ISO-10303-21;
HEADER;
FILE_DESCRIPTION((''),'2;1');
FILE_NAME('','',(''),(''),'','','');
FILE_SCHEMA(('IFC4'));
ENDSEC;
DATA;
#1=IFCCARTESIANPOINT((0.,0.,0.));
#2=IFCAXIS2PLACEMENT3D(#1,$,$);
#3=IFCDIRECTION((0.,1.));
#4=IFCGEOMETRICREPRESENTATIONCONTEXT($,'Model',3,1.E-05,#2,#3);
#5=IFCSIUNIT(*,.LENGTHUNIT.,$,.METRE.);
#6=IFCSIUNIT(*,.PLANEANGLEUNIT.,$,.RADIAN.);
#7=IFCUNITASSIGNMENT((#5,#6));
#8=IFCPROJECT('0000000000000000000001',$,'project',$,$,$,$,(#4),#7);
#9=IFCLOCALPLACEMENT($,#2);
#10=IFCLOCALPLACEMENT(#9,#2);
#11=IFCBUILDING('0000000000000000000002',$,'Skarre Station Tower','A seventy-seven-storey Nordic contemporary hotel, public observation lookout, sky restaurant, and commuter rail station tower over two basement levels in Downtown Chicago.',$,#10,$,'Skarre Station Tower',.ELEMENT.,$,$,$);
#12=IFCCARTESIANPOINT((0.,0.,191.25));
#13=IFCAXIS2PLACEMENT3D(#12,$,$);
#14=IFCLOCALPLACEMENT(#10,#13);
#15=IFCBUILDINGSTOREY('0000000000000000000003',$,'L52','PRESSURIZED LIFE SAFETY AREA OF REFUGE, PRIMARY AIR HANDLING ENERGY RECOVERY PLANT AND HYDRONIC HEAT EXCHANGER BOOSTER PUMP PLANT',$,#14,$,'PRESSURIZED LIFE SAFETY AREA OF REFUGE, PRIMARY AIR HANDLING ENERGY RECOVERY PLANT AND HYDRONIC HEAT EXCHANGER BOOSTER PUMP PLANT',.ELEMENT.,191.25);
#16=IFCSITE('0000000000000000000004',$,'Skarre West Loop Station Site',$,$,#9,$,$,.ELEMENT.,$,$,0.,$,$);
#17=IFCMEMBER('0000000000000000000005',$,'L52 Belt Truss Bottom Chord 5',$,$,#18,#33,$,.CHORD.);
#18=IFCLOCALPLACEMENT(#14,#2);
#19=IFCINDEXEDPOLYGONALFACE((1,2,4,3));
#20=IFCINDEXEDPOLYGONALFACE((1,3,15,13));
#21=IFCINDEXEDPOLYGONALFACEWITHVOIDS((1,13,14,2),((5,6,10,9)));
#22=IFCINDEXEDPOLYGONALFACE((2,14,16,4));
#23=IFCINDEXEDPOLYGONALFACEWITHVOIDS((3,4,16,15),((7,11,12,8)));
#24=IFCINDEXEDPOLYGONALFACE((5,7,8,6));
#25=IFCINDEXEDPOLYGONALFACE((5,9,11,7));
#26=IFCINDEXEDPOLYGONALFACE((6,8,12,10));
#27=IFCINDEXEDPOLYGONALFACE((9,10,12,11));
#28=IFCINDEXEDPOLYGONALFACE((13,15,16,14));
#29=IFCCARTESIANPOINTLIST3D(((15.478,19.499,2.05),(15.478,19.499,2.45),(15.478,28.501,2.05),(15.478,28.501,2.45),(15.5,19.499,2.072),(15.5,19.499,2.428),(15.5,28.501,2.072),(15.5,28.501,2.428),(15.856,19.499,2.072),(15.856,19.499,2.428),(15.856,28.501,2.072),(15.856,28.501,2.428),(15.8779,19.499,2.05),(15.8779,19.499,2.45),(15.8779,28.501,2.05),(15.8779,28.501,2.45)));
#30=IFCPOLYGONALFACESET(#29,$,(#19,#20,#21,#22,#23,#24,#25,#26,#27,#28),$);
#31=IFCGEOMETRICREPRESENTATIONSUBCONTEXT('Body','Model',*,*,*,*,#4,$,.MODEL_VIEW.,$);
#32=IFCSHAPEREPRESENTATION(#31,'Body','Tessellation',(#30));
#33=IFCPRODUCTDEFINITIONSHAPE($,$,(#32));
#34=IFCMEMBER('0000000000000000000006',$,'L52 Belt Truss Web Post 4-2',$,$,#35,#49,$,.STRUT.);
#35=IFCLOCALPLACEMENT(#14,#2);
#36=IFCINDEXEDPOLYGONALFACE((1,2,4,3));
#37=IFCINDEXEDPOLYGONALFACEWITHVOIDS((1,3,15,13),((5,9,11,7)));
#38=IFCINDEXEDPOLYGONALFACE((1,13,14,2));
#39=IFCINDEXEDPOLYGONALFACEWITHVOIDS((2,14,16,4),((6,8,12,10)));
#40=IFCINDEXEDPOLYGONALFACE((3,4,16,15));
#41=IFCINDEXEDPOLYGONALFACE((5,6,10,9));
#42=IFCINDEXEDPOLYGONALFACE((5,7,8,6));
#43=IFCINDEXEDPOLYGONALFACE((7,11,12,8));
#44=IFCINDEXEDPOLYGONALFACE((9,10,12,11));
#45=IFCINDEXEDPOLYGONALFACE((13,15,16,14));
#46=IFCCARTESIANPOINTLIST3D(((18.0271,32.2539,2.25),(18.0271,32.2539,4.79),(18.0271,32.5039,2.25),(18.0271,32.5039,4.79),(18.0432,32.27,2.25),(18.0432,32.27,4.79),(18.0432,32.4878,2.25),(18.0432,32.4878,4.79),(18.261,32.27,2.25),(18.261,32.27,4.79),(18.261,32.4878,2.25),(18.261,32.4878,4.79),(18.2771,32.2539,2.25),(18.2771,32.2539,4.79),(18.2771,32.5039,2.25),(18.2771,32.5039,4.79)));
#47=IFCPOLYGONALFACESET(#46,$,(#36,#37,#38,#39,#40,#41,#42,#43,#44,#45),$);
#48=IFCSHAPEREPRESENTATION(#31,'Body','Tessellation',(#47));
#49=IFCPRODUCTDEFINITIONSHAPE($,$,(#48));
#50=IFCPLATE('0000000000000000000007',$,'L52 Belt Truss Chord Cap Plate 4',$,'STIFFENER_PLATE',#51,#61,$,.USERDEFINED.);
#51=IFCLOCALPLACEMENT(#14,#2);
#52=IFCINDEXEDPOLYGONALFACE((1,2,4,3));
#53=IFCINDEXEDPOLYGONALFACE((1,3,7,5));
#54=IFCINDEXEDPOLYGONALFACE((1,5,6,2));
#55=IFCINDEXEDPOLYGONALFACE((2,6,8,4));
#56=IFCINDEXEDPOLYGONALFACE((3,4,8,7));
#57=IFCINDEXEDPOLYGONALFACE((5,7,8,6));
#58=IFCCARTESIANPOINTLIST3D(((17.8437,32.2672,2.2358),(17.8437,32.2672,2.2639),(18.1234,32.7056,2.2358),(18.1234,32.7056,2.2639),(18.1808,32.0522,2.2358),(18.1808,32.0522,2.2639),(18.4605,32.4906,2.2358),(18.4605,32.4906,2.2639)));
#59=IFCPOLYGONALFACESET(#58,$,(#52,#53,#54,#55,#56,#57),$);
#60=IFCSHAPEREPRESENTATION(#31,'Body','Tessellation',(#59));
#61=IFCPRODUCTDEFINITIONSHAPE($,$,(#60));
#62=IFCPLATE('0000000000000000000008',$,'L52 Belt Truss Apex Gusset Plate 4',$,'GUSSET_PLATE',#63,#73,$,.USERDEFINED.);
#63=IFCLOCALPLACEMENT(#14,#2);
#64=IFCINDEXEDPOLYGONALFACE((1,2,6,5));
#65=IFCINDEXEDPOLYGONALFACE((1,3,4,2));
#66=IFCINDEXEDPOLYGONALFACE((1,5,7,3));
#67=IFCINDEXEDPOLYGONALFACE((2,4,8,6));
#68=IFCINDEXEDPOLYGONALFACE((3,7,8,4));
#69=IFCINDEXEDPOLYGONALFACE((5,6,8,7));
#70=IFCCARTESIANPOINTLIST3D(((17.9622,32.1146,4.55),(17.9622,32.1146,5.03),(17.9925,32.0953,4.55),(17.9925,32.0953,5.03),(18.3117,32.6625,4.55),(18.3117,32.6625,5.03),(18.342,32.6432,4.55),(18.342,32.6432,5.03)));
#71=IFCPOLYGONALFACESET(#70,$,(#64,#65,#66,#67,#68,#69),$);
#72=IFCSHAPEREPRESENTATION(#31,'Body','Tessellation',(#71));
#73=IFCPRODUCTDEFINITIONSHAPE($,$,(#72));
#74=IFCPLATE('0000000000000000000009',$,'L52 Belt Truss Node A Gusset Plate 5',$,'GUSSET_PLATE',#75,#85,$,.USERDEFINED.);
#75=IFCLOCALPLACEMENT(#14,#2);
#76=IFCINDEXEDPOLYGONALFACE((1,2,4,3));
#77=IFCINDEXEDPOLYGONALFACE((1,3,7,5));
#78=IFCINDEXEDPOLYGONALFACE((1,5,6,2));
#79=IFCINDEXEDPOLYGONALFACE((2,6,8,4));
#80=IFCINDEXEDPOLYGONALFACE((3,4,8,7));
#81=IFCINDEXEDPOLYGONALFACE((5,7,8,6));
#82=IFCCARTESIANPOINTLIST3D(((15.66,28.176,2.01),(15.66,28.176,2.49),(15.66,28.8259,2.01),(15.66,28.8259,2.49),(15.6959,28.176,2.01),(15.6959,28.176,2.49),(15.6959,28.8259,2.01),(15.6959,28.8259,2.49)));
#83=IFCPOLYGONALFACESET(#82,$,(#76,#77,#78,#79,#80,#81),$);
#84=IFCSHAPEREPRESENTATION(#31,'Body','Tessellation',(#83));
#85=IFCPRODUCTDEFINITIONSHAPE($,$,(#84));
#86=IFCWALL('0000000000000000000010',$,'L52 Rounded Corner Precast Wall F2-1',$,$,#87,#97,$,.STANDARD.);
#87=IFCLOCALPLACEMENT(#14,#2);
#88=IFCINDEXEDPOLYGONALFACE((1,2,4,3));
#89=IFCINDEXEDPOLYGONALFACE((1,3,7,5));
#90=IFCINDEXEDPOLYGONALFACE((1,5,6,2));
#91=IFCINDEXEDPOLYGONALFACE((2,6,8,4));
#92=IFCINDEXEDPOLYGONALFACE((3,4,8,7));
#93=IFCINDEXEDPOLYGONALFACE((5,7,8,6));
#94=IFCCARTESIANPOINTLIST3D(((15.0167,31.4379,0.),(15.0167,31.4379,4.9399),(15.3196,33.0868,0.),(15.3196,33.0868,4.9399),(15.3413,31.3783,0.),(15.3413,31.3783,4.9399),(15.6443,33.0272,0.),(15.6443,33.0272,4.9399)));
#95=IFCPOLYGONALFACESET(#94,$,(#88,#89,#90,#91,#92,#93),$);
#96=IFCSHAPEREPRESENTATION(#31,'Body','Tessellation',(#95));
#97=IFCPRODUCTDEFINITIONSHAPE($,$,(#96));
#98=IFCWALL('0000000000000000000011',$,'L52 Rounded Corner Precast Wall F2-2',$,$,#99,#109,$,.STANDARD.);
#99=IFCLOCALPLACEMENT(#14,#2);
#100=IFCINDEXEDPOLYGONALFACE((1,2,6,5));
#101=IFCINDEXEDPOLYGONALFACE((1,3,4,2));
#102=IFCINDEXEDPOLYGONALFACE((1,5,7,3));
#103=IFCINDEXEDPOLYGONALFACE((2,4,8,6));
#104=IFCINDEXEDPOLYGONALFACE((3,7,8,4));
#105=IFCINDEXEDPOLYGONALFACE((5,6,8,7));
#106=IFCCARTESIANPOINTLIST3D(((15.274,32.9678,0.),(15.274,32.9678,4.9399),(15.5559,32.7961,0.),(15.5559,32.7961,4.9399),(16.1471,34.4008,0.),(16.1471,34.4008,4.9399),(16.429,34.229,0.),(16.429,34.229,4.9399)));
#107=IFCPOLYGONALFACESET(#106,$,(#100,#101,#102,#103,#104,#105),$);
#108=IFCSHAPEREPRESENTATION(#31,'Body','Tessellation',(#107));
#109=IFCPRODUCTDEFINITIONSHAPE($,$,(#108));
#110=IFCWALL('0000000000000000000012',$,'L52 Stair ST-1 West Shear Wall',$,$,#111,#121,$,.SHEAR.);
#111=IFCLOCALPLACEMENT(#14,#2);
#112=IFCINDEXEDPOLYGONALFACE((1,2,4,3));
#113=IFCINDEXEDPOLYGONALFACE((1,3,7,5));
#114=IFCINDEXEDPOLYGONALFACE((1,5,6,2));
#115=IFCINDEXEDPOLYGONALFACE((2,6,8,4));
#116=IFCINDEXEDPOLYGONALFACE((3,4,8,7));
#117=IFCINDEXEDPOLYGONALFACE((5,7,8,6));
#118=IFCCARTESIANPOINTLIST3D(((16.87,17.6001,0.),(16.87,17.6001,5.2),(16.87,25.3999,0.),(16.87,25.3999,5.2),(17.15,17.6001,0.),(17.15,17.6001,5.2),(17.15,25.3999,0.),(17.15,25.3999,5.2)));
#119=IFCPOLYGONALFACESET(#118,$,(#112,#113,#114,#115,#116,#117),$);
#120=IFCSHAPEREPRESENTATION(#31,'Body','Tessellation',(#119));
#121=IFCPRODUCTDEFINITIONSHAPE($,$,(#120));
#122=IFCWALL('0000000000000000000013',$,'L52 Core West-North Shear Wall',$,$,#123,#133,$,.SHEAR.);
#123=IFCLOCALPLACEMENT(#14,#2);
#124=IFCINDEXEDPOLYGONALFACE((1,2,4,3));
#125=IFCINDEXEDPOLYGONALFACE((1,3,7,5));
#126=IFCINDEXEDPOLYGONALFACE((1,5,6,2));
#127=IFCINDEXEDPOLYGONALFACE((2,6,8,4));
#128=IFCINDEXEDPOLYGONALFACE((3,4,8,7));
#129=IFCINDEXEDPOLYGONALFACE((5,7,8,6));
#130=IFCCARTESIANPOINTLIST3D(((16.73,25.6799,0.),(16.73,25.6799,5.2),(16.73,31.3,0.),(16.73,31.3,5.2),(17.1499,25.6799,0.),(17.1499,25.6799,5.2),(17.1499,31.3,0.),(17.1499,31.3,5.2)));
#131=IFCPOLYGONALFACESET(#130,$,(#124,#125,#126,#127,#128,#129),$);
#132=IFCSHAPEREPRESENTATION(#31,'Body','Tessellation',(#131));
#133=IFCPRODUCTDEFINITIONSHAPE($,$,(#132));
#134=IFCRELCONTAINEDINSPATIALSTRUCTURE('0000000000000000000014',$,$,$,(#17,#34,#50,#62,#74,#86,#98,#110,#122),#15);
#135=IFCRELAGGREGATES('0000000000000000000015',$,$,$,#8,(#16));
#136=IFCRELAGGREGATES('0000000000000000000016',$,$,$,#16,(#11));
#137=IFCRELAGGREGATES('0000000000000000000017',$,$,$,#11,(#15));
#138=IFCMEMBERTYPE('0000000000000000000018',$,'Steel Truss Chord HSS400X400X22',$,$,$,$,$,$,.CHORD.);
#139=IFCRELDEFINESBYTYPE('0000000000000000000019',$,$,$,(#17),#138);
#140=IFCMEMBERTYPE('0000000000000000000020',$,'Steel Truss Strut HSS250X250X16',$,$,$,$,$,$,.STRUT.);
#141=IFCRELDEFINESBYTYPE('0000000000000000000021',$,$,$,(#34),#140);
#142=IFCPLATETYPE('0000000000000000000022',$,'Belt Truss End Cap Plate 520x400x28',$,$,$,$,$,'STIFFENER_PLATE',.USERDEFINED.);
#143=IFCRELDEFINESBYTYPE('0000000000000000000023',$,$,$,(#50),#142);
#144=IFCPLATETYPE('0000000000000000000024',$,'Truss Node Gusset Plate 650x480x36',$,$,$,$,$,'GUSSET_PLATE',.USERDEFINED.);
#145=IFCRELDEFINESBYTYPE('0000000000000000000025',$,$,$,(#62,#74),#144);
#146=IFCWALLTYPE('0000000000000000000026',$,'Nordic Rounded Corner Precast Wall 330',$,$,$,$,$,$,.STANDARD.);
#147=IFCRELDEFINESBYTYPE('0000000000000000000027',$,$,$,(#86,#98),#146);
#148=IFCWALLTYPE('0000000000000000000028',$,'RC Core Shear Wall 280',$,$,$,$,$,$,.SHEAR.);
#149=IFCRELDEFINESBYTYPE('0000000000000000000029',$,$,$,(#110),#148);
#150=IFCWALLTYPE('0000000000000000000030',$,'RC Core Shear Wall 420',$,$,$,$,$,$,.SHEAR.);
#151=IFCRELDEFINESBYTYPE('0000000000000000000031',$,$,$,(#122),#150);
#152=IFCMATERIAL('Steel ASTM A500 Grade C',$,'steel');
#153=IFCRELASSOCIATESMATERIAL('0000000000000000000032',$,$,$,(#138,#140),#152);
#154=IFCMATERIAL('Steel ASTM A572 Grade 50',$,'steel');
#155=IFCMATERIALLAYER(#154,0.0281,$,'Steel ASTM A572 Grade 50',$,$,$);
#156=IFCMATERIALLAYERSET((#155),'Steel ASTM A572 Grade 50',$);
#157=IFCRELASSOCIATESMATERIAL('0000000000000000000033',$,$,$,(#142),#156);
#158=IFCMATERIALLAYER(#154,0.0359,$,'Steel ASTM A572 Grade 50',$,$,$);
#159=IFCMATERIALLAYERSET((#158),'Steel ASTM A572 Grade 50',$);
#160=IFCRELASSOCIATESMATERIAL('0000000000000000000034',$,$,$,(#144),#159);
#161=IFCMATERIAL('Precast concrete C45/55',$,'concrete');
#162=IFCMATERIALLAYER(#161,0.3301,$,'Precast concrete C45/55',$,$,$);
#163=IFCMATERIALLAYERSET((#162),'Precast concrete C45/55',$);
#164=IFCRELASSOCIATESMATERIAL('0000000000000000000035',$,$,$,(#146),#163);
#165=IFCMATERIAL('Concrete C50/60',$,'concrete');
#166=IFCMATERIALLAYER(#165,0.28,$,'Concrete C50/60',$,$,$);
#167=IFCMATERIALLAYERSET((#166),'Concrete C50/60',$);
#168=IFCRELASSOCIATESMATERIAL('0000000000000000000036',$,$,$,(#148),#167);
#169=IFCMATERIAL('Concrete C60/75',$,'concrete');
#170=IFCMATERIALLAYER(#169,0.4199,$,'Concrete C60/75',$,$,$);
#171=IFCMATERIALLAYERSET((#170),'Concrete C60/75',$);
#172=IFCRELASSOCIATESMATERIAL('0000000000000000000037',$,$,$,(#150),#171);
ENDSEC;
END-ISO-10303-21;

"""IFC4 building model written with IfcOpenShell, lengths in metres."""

from ifc_helpers import new_model, si_unit, direction, frame, frame_2d, origin, origin_2d, place, context, subcontext, project, spatial, rectangle, hollow_rectangle, extrude, material, layer, layer_set, material_profile, profile_set, type_object, element, save


model = new_model("IFC4")

# Units and contexts
model_context = context("Model", 3, precision=1e-05, world=origin(), true_north=direction((0.0, 1.0)))
body_context = subcontext(model_context, "Body", "Model", "MODEL_VIEW")
ifc_project = project(units=[si_unit("LENGTHUNIT", "METRE"), si_unit("PLANEANGLEUNIT", "RADIAN")], contexts=[model_context])

# Site, building, storey
site_placement = place(None, origin())
site = spatial("IfcSite", under=ifc_project, at=site_placement, Name="Skarre West Loop Station Site", CompositionType="ELEMENT", RefElevation=0.0)
building_placement = place(site_placement, origin())
building = spatial("IfcBuilding", under=site, at=building_placement, Name="Skarre Station Tower", Description="A seventy-seven-storey Nordic contemporary hotel, public observation lookout, sky restaurant, and commuter rail station tower over two basement levels in Downtown Chicago.", LongName="Skarre Station Tower", CompositionType="ELEMENT")
storey_placement = place(building_placement, frame((0.0, 0.0, 191.25)))
storey = spatial("IfcBuildingStorey", under=building, at=storey_placement, Name="L52", Description="PRESSURIZED LIFE SAFETY AREA OF REFUGE, PRIMARY AIR HANDLING ENERGY RECOVERY PLANT AND HYDRONIC HEAT EXCHANGER BOOSTER PUMP PLANT", LongName="PRESSURIZED LIFE SAFETY AREA OF REFUGE, PRIMARY AIR HANDLING ENERGY RECOVERY PLANT AND HYDRONIC HEAT EXCHANGER BOOSTER PUMP PLANT", CompositionType="ELEMENT", Elevation=191.25)

# Shared definitions
ifc_material_1 = material(Name="Concrete C60/75", Category="concrete")
ifc_material_2 = material(Name="Concrete C50/60", Category="concrete")

# Members
ifc_material_3 = material(Name="Steel ASTM A500 Grade C", Category="steel")
ifc_material_profile_1 = material_profile(ifc_material_3, hollow_rectangle(XDim=0.3999, YDim=0.3999, WallThickness=0.022, at=origin_2d()), Name="Steel ASTM A500 Grade C")
ifc_profile_set_1 = profile_set([ifc_material_profile_1], Name="Steel ASTM A500 Grade C")
member_type_1 = type_object("IfcMemberType", Name="Steel Truss Chord HSS400X400X22", PredefinedType="CHORD", material=ifc_profile_set_1)
member_1_placement = place(storey_placement, frame((15.678, 28.501, 2.25), z_axis=(0.0, -1.0, 0.0), x_axis=(1.0, 0.0, 0.0)))
element("IfcMember", 1, at=member_1_placement, inside=storey, type_object=member_type_1, Name="L52 Belt Truss Bottom Chord 5", PredefinedType="CHORD", context=body_context, shape_type="SweptSolid", body=[
    extrude(hollow_rectangle(XDim=0.3999, YDim=0.3999, WallThickness=0.022, at=origin_2d()), origin(), (0.0, 0.0, 1.0), 9.002),
])
ifc_material_profile_2 = material_profile(ifc_material_3, hollow_rectangle(XDim=0.25, YDim=0.25, WallThickness=0.0161, at=origin_2d()), Name="Steel ASTM A500 Grade C")
ifc_profile_set_2 = profile_set([ifc_material_profile_2], Name="Steel ASTM A500 Grade C")
member_type_2 = type_object("IfcMemberType", Name="Steel Truss Strut HSS250X250X16", PredefinedType="STRUT", material=ifc_profile_set_2)
member_2_placement = place(storey_placement, frame((18.1521, 32.3789, 2.25), z_axis=(0.0, 0.0, 1.0), x_axis=(1.0, 0.0, 0.0)))
element("IfcMember", 2, at=member_2_placement, inside=storey, type_object=member_type_2, Name="L52 Belt Truss Web Post 4-2", PredefinedType="STRUT", context=body_context, shape_type="SweptSolid", body=[
    extrude(hollow_rectangle(XDim=0.25, YDim=0.25, WallThickness=0.0161, at=origin_2d()), origin(), (0.0, 0.0, 1.0), 2.54),
])

# Plates
ifc_material_4 = material(Name="Steel ASTM A572 Grade 50", Category="steel")
ifc_layer_1 = layer(ifc_material_4, 0.0281, Name="Steel ASTM A572 Grade 50")
ifc_layer_set_1 = layer_set([ifc_layer_1], Name="Steel ASTM A572 Grade 50")
plate_type_1 = type_object("IfcPlateType", Name="Belt Truss End Cap Plate 520x400x28", ElementType="STIFFENER_PLATE", PredefinedType="USERDEFINED", material=ifc_layer_set_1)
plate_placement = place(storey_placement, frame((18.1521, 32.3789, 2.2358), z_axis=(0.0, 0.0, 1.0), x_axis=(-0.537829, -0.843054, 0.0)))
element("IfcPlate", 3, at=plate_placement, inside=storey, type_object=plate_type_1, Name="L52 Belt Truss Chord Cap Plate 4", ObjectType="STIFFENER_PLATE", PredefinedType="USERDEFINED", context=body_context, shape_type="SweptSolid", body=[
    extrude(rectangle(XDim=0.52, YDim=0.3999, at=origin_2d()), origin(), (0.0, 0.0, 1.0), 0.0281),
])
ifc_layer_2 = layer(ifc_material_4, 0.0359, Name="Steel ASTM A572 Grade 50")
ifc_layer_set_2 = layer_set([ifc_layer_2], Name="Steel ASTM A572 Grade 50")
plate_type_2 = type_object("IfcPlateType", Name="Truss Node Gusset Plate 650x480x36", ElementType="GUSSET_PLATE", PredefinedType="USERDEFINED", material=ifc_layer_set_2)
for number, where, z_axis, x_axis, name in (
    (4, (18.1521, 32.3789, 4.55), (0.0, 0.0, 1.0), (-0.537829, -0.843054, 0.0), "L52 Belt Truss Apex Gusset Plate 4"),
    (5, (15.678, 28.501, 2.01), (0.0, 0.0, 1.0), (0.0, -1.0, 0.0), "L52 Belt Truss Node A Gusset Plate 5"),
):
    element("IfcPlate", number, at=place(storey_placement, frame(where, z_axis=z_axis, x_axis=x_axis)), inside=storey, type_object=plate_type_2, Name=name, ObjectType="GUSSET_PLATE", PredefinedType="USERDEFINED", context=body_context, shape_type="SweptSolid", body=[
        extrude(rectangle(XDim=0.6499, YDim=0.0359, at=origin_2d()), origin(), (0.0, 0.0, 1.0), 0.48),
    ])

# Walls
ifc_material_5 = material(Name="Precast concrete C45/55", Category="concrete")
ifc_layer_3 = layer(ifc_material_5, 0.3301, Name="Precast concrete C45/55")
ifc_layer_set_3 = layer_set([ifc_layer_3], Name="Precast concrete C45/55")
wall_type_1 = type_object("IfcWallType", Name="Nordic Rounded Corner Precast Wall 330", PredefinedType="STANDARD", material=ifc_layer_set_3)
wall_1_placement = place(storey_placement, frame((15.179, 31.408, 0.0), z_axis=(0.0, 0.0, 1.0), x_axis=(0.180718, 0.983535, 0.0)))
element("IfcWall", 6, at=wall_1_placement, inside=storey, type_object=wall_type_1, Name="L52 Rounded Corner Precast Wall F2-1", PredefinedType="STANDARD", context=body_context, shape_type="SweptSolid", body=[
    extrude(rectangle(XDim=1.6765, YDim=0.3301, at=frame_2d((0.8384, 0.0))), origin(), (0.0, 0.0, 1.0), 4.9399),
])
wall_2_placement = place(storey_placement, frame((15.415, 32.8821, 0.0), z_axis=(0.0, 0.0, 1.0), x_axis=(0.520325, 0.853968, 0.0)))
element("IfcWall", 7, at=wall_2_placement, inside=storey, type_object=wall_type_1, Name="L52 Rounded Corner Precast Wall F2-2", PredefinedType="STANDARD", context=body_context, shape_type="SweptSolid", body=[
    extrude(rectangle(XDim=1.678, YDim=0.3301, at=frame_2d((0.8389, 0.0))), origin(), (0.0, 0.0, 1.0), 4.9399),
])
ifc_layer_4 = layer(ifc_material_2, 0.28, Name="Concrete C50/60")
ifc_layer_set_4 = layer_set([ifc_layer_4], Name="Concrete C50/60")
wall_type_2 = type_object("IfcWallType", Name="RC Core Shear Wall 280", PredefinedType="SHEAR", material=ifc_layer_set_4)
wall_3_placement = place(storey_placement, frame((17.01, 25.3999, 0.0), z_axis=(0.0, 0.0, 1.0), x_axis=(0.0, -1.0, 0.0)))
element("IfcWall", 8, at=wall_3_placement, inside=storey, type_object=wall_type_2, Name="L52 Stair ST-1 West Shear Wall", PredefinedType="SHEAR", context=body_context, shape_type="SweptSolid", body=[
    extrude(rectangle(XDim=7.7998, YDim=0.28, at=frame_2d((3.8999, 0.0))), origin(), (0.0, 0.0, 1.0), 5.2),
])
ifc_layer_5 = layer(ifc_material_1, 0.4199, Name="Concrete C60/75")
ifc_layer_set_5 = layer_set([ifc_layer_5], Name="Concrete C60/75")
wall_type_3 = type_object("IfcWallType", Name="RC Core Shear Wall 420", PredefinedType="SHEAR", material=ifc_layer_set_5)
wall_4_placement = place(storey_placement, frame((16.9399, 25.6799, 0.0), z_axis=(0.0, 0.0, 1.0), x_axis=(0.0, 1.0, 0.0)))
element("IfcWall", 9, at=wall_4_placement, inside=storey, type_object=wall_type_3, Name="L52 Core West-North Shear Wall", PredefinedType="SHEAR", context=body_context, shape_type="SweptSolid", body=[
    extrude(rectangle(XDim=5.6201, YDim=0.4199, at=frame_2d((2.8101, 0.0))), origin(), (0.0, 0.0, 1.0), 5.2),
])

save(model, "model.ifc")
